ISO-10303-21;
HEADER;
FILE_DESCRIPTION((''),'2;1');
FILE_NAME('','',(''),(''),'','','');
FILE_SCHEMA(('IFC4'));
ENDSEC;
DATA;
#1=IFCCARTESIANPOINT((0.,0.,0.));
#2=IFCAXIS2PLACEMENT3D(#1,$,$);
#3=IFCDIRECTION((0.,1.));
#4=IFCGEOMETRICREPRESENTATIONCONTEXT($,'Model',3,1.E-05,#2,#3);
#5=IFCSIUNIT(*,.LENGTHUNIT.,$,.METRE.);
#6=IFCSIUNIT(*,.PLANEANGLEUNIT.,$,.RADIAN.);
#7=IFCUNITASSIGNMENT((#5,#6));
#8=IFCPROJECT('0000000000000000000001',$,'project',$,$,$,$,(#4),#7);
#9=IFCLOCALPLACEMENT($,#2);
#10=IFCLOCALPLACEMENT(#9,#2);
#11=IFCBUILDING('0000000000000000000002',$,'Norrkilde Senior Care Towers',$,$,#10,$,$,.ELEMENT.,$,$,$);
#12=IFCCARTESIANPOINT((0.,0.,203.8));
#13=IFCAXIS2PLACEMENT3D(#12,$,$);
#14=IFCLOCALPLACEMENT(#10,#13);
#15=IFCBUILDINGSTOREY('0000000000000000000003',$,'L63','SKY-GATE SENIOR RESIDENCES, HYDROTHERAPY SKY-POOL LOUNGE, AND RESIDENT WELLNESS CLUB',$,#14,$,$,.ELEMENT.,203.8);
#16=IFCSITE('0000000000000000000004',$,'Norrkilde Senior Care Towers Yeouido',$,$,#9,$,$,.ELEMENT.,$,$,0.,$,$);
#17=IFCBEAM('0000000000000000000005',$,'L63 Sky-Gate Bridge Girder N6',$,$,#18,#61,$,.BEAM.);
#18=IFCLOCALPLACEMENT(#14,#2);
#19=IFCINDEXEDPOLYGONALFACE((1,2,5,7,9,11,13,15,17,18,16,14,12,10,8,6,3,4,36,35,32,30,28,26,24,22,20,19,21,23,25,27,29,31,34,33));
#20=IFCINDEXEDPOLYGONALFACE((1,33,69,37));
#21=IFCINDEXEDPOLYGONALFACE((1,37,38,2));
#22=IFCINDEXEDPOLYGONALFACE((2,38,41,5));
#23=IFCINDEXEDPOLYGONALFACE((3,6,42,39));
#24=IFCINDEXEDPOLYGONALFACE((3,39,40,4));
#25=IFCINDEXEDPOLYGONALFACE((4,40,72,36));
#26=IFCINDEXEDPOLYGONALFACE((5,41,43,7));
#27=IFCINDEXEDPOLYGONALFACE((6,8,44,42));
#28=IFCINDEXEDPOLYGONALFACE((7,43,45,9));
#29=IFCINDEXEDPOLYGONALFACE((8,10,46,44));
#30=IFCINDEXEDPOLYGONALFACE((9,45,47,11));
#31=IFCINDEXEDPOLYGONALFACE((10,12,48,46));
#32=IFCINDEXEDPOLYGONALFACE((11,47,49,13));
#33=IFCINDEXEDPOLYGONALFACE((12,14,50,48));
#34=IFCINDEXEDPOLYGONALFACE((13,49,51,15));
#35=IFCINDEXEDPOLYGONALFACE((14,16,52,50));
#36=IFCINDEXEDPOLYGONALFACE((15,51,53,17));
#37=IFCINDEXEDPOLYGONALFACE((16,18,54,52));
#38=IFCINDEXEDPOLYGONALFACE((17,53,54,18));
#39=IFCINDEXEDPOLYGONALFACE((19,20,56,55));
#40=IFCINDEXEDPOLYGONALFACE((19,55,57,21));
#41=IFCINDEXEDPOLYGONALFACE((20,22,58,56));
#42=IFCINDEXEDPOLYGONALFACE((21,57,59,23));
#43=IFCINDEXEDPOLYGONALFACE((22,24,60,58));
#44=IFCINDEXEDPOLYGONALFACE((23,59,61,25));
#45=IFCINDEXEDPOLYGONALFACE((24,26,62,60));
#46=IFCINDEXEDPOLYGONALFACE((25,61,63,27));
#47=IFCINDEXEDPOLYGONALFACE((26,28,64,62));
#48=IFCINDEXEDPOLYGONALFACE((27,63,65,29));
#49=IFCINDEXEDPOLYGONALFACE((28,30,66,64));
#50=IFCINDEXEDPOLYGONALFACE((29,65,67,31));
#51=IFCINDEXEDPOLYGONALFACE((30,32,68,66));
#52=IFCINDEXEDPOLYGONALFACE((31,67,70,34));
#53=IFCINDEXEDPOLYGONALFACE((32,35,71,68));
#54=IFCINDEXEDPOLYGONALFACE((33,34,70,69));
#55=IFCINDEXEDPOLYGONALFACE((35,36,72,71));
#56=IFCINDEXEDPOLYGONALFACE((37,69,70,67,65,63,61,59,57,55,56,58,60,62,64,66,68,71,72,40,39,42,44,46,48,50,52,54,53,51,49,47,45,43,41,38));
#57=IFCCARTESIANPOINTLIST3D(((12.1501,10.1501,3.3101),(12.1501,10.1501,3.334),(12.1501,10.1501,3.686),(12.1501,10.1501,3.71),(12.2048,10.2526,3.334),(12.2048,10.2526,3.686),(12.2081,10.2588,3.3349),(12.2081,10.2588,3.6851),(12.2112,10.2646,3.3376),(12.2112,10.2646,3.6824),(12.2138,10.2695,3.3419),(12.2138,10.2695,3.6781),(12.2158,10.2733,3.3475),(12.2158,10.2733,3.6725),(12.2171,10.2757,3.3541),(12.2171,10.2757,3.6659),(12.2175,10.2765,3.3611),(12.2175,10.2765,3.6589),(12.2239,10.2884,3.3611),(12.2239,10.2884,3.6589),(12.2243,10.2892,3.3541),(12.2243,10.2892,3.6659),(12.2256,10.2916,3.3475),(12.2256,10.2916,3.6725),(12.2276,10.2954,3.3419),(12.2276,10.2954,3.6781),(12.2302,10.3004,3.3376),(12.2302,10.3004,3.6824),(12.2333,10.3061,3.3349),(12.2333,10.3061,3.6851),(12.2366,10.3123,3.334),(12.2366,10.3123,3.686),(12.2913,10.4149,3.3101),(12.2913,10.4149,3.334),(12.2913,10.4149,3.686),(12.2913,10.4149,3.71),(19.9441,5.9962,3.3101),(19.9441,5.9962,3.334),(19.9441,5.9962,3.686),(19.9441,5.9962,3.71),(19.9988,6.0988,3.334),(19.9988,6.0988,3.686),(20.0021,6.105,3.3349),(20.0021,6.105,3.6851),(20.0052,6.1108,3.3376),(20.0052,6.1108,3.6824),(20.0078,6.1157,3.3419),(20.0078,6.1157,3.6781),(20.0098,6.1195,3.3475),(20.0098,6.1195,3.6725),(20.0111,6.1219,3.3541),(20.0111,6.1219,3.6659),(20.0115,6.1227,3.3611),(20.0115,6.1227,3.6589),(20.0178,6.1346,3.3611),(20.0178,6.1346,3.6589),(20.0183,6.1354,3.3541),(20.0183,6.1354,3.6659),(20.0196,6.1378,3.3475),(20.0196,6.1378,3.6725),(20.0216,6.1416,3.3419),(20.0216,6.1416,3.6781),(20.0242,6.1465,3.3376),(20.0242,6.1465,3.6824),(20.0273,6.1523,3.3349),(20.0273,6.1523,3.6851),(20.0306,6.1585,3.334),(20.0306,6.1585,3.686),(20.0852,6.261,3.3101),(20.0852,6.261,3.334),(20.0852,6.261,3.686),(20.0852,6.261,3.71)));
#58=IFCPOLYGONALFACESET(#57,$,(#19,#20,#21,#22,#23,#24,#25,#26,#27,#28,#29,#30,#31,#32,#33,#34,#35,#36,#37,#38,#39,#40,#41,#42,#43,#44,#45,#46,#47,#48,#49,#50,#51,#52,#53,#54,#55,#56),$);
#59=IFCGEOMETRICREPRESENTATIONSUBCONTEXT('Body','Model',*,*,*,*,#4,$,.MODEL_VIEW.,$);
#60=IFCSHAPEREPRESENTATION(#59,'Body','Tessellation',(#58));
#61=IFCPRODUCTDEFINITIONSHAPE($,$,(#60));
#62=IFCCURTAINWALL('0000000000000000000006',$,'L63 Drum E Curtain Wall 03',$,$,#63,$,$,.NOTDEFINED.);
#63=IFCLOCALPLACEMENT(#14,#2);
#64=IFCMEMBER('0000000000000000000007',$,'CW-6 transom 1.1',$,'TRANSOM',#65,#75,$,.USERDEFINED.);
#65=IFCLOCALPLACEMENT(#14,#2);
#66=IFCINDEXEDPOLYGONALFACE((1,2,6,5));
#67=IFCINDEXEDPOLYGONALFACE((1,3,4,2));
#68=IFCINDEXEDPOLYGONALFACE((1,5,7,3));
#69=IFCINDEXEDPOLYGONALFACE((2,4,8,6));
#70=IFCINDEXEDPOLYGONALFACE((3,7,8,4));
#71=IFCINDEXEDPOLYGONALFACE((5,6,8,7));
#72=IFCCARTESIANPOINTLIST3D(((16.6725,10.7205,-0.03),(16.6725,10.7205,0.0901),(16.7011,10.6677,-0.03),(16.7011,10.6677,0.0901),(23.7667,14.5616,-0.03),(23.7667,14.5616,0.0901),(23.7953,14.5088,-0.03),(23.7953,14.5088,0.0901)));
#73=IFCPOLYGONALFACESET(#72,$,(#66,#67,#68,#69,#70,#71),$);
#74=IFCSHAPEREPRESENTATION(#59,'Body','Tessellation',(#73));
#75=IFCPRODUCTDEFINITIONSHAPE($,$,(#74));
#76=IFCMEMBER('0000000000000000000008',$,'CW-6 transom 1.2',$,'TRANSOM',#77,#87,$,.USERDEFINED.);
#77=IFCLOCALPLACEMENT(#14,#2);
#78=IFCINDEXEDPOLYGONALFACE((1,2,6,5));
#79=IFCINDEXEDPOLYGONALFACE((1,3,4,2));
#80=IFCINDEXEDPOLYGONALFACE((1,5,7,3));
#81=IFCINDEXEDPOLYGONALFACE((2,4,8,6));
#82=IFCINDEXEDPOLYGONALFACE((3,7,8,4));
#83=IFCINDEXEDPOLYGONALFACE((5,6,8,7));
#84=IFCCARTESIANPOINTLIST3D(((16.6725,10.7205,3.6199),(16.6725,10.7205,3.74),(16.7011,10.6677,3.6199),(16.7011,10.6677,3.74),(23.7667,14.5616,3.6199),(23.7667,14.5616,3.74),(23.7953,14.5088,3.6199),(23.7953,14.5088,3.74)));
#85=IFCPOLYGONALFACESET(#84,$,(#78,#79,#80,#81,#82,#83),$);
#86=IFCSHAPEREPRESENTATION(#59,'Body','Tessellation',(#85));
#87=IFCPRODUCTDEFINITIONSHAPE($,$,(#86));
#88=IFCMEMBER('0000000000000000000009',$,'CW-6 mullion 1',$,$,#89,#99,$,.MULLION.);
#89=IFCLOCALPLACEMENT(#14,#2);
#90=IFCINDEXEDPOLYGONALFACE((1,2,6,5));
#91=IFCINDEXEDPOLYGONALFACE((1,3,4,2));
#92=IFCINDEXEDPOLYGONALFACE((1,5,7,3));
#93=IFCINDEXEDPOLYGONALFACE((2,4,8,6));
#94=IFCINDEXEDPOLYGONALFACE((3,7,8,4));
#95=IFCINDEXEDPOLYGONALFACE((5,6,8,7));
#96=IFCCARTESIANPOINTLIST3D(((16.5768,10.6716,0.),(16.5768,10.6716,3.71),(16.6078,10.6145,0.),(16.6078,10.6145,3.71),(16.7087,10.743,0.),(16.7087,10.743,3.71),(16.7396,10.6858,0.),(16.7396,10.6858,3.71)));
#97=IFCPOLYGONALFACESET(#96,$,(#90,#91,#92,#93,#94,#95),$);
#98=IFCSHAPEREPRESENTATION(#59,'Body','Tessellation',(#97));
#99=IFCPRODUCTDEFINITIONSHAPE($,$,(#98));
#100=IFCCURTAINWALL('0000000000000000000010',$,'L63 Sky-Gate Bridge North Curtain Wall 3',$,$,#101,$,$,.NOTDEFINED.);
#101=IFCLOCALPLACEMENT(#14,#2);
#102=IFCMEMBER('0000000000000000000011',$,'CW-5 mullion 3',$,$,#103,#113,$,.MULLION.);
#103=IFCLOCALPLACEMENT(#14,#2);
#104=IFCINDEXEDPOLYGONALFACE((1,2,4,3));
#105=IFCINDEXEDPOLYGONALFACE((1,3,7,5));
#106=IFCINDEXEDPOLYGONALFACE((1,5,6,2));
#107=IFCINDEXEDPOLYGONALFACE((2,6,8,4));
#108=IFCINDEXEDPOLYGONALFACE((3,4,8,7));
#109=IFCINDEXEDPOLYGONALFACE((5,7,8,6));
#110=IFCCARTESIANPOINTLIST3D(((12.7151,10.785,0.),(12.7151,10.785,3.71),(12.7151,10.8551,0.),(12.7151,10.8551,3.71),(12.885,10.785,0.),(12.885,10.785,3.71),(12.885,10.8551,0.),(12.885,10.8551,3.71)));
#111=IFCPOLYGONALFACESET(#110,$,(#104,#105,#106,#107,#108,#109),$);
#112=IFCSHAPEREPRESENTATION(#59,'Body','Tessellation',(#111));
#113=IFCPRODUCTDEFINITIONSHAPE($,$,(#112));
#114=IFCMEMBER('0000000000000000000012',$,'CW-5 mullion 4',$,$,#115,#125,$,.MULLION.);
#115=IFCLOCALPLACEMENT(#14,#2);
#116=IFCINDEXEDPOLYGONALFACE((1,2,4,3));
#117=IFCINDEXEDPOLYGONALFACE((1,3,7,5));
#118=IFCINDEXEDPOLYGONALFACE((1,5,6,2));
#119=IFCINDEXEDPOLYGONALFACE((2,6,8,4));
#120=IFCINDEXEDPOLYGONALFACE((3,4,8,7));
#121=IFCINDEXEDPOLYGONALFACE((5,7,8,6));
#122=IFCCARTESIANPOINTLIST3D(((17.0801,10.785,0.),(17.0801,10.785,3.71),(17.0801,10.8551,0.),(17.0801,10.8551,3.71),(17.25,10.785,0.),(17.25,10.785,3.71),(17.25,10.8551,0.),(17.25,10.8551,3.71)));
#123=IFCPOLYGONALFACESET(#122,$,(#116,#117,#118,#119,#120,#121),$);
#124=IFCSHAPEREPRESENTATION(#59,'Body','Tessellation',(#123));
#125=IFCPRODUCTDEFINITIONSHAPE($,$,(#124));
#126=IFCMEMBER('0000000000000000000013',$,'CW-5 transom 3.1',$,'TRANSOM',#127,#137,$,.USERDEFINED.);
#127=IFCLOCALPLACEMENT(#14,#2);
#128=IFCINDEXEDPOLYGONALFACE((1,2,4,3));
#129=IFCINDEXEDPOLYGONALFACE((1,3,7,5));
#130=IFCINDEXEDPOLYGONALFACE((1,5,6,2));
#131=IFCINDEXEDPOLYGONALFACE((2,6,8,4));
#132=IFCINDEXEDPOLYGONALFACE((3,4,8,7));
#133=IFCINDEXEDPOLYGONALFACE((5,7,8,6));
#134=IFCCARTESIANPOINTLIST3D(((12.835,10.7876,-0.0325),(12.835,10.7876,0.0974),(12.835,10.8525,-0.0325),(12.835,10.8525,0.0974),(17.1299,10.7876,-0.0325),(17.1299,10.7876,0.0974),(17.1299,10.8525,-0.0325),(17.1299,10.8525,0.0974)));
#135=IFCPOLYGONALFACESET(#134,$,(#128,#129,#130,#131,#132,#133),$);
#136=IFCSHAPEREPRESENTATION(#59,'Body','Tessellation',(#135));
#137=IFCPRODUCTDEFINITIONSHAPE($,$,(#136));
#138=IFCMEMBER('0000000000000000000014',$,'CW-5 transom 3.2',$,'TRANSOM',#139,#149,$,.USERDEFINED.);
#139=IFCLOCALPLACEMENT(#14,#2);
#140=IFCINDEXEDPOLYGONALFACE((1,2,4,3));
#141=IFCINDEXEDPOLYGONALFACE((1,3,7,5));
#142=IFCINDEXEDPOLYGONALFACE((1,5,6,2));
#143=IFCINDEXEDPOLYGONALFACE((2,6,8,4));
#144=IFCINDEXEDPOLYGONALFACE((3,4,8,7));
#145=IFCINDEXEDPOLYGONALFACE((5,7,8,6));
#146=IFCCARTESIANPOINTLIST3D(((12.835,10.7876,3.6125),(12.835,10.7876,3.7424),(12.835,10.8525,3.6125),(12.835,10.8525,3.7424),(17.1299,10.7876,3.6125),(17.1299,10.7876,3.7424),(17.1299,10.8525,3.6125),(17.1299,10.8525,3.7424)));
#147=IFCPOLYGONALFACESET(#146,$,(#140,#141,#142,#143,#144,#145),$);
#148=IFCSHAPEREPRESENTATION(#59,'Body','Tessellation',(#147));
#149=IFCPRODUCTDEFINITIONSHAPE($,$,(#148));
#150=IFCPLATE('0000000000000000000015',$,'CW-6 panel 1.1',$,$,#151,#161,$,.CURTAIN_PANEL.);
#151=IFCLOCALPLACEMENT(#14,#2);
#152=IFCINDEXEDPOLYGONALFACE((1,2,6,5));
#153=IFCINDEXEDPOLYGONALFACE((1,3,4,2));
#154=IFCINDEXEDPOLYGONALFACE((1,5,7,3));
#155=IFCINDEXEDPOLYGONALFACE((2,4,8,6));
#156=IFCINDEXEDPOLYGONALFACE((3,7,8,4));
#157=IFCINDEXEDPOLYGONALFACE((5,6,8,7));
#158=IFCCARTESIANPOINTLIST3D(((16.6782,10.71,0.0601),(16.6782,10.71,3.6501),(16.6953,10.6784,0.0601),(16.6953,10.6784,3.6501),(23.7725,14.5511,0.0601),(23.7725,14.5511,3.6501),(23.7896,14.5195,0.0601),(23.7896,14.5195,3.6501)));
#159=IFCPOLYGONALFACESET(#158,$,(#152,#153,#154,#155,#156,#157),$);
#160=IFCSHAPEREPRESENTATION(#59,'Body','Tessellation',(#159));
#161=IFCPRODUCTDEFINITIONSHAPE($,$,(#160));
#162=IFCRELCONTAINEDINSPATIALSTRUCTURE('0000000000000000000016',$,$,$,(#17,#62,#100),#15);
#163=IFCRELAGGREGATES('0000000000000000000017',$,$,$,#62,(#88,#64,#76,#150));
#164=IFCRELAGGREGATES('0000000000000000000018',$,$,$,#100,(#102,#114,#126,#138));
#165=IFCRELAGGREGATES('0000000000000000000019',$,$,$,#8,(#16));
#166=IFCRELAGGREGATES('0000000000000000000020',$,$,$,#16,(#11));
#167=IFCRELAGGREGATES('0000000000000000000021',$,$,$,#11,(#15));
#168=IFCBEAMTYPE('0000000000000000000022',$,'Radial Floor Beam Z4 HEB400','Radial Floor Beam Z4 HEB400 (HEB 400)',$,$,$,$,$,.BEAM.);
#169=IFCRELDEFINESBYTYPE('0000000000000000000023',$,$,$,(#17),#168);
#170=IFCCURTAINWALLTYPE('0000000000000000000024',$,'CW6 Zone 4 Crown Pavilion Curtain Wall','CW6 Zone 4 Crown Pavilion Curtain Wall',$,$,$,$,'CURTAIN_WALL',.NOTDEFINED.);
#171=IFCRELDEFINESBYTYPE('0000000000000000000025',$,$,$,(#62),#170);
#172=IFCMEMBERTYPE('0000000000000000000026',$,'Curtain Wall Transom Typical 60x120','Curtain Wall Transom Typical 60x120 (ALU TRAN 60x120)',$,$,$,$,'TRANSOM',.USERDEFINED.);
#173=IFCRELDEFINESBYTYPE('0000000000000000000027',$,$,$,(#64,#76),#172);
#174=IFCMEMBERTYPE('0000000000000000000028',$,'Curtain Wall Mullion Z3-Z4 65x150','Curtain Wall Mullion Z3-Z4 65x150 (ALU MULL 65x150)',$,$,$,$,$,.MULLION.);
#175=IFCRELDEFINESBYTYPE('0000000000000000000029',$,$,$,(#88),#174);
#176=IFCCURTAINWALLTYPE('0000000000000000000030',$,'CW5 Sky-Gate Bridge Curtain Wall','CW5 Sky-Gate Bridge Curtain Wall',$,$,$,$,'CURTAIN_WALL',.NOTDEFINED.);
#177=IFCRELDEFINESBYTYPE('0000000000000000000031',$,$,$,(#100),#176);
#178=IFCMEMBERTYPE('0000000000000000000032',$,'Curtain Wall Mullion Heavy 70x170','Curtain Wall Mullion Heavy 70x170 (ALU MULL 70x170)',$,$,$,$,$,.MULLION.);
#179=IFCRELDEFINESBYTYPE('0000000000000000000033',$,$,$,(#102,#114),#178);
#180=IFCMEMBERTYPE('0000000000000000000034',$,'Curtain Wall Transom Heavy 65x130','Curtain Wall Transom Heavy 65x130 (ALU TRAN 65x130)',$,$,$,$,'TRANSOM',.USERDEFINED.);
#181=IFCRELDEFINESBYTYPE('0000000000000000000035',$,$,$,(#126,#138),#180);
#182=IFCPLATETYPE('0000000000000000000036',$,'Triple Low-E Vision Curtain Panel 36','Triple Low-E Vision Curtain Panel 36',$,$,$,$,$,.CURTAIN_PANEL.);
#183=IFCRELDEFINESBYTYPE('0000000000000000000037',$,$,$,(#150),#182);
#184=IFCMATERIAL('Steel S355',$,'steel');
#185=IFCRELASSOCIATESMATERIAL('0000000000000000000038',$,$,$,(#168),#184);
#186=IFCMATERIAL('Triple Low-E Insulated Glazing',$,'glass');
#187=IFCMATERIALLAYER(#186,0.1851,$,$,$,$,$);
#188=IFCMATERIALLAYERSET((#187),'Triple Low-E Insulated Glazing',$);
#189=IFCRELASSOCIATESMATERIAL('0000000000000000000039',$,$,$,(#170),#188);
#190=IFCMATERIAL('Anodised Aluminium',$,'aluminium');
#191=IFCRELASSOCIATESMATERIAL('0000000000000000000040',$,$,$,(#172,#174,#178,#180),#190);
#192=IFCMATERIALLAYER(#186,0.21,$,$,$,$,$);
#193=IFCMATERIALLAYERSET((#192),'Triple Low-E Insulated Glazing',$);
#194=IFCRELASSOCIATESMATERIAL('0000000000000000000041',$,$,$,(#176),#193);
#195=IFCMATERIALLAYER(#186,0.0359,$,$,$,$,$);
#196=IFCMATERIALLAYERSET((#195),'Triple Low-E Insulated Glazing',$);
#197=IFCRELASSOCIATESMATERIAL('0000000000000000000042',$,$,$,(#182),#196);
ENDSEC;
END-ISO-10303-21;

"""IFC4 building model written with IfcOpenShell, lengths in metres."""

from ifc_helpers import new_model, si_unit, direction, frame, origin, origin_2d, place, context, subcontext, project, spatial, rectangle, i_section, extrude, source, transform, mapped, material, layer, layer_set, material_profile, profile_set, type_object, type_shapes, element, aggregate, save


model = new_model("IFC4")

# Units and contexts
model_context = context("Model", 3, precision=1e-05, world=origin(), true_north=direction((0.0, 1.0)))
body_context = subcontext(model_context, "Body", "Model", "MODEL_VIEW")
ifc_project = project(units=[si_unit("LENGTHUNIT", "METRE"), si_unit("PLANEANGLEUNIT", "RADIAN")], contexts=[model_context])

# Site, building, storey
site_placement = place(None, origin())
site = spatial("IfcSite", under=ifc_project, at=site_placement, Name="Norrkilde Senior Care Towers Yeouido", CompositionType="ELEMENT", RefElevation=0.0)
building_placement = place(site_placement, origin())
building = spatial("IfcBuilding", under=site, at=building_placement, Name="Norrkilde Senior Care Towers", CompositionType="ELEMENT")
storey_placement = place(building_placement, frame((0.0, 0.0, 203.8)))
storey = spatial("IfcBuildingStorey", under=building, at=storey_placement, Name="L63", Description="SKY-GATE SENIOR RESIDENCES, HYDROTHERAPY SKY-POOL LOUNGE, AND RESIDENT WELLNESS CLUB", CompositionType="ELEMENT", Elevation=203.8)

# Shared definitions
ifc_material_1 = material(Name="Steel S355", Category="steel")

# Beam
ifc_material_profile_1 = material_profile(ifc_material_1, i_section(OverallWidth=0.3, OverallDepth=0.3999, WebThickness=0.0134, FlangeThickness=0.0239, FilletRadius=0.0271, at=origin_2d()), Name="HEB 400")
ifc_profile_set_1 = profile_set([ifc_material_profile_1], Name="Steel S355")
beam_type_1 = type_object("IfcBeamType", Name="Radial Floor Beam Z4 HEB400", Description="Radial Floor Beam Z4 HEB400 (HEB 400)", PredefinedType="BEAM", material=ifc_profile_set_1)
shared_shape_1 = source(origin(), body_context, "Body", "SweptSolid", [
    extrude(i_section(OverallWidth=0.3, OverallDepth=0.3999, WebThickness=0.0134, FlangeThickness=0.0239, FilletRadius=0.0271, at=origin_2d()), origin(), (0.0, 0.0, 1.0), 8.8318),
])
type_shapes(beam_type_1, [shared_shape_1])
beam_1_placement = place(storey_placement, frame((12.2207, 10.2825, 3.51), z_axis=(0.882492, -0.470327, 0.0), x_axis=(0.470327, 0.882492, 0.0)))
element("IfcBeam", 1, at=beam_1_placement, inside=storey, type_object=beam_type_1, Name="L63 Sky-Gate Bridge Girder N6", PredefinedType="BEAM", context=body_context, shape_type="MappedRepresentation", body=[
    mapped(shared_shape_1, transform((0.0, 0.0, 0.0), x_axis=(1.0, 0.0, 0.0), y_axis=(0.0, 1.0, 0.0), z_axis=(0.0, 0.0, 1.0), scale=1.0)),
])

# Curtain walls, members
ifc_material_2 = material(Name="Triple Low-E Insulated Glazing", Category="glass")
ifc_layer_1 = layer(ifc_material_2, 0.1851)
ifc_layer_set_1 = layer_set([ifc_layer_1], Name="Triple Low-E Insulated Glazing")
curtain_wall_type_1 = type_object("IfcCurtainWallType", Name="CW6 Zone 4 Crown Pavilion Curtain Wall", Description="CW6 Zone 4 Crown Pavilion Curtain Wall", ElementType="CURTAIN_WALL", PredefinedType="NOTDEFINED", material=ifc_layer_set_1)
curtain_wall_1_placement = place(storey_placement, origin())
curtain_wall_1 = element("IfcCurtainWall", 2, at=curtain_wall_1_placement, inside=storey, type_object=curtain_wall_type_1, Name="L63 Drum E Curtain Wall 03", PredefinedType="NOTDEFINED")
ifc_material_3 = material(Name="Anodised Aluminium", Category="aluminium")
ifc_material_profile_2 = material_profile(ifc_material_3, rectangle(XDim=0.0601, YDim=0.1201, at=origin_2d()), Name="ALU TRAN 60x120")
ifc_profile_set_2 = profile_set([ifc_material_profile_2], Name="Anodised Aluminium")
member_type_1 = type_object("IfcMemberType", Name="Curtain Wall Transom Typical 60x120", Description="Curtain Wall Transom Typical 60x120 (ALU TRAN 60x120)", ElementType="TRANSOM", PredefinedType="USERDEFINED", material=ifc_profile_set_2)
shared_shape_2 = source(origin(), body_context, "Body", "SweptSolid", [
    extrude(rectangle(XDim=0.0601, YDim=0.1201, at=origin_2d()), origin(), (0.0, 0.0, 1.0), 8.0674),
])
type_shapes(member_type_1, [shared_shape_2])
member_1_placement = place(storey_placement, frame((16.6868, 10.6941, 0.03), z_axis=(0.879378, 0.476125, 0.0), x_axis=(-0.476125, 0.879378, 0.0)))
member_1 = element("IfcMember", 3, at=member_1_placement, type_object=member_type_1, Name="CW-6 transom 1.1", ObjectType="TRANSOM", PredefinedType="USERDEFINED", context=body_context, shape_type="MappedRepresentation", body=[
    mapped(shared_shape_2, transform((0.0, 0.0, 0.0), x_axis=(1.0, 0.0, 0.0), y_axis=(0.0, 1.0, 0.0), z_axis=(0.0, 0.0, 1.0), scale=1.0)),
])
member_2_placement = place(storey_placement, frame((16.6868, 10.6941, 3.6799), z_axis=(0.879378, 0.476125, 0.0), x_axis=(-0.476125, 0.879378, 0.0)))
member_2 = element("IfcMember", 4, at=member_2_placement, type_object=member_type_1, Name="CW-6 transom 1.2", ObjectType="TRANSOM", PredefinedType="USERDEFINED", context=body_context, shape_type="MappedRepresentation", body=[
    mapped(shared_shape_2, transform((0.0, 0.0, 0.0), x_axis=(1.0, 0.0, 0.0), y_axis=(0.0, 1.0, 0.0), z_axis=(0.0, 0.0, 1.0), scale=1.0)),
])
ifc_material_profile_3 = material_profile(ifc_material_3, rectangle(XDim=0.0649, YDim=0.1499, at=origin_2d()), Name="ALU MULL 65x150")
ifc_profile_set_3 = profile_set([ifc_material_profile_3], Name="Anodised Aluminium")
member_type_2 = type_object("IfcMemberType", Name="Curtain Wall Mullion Z3-Z4 65x150", Description="Curtain Wall Mullion Z3-Z4 65x150 (ALU MULL 65x150)", PredefinedType="MULLION", material=ifc_profile_set_3)
shared_shape_3 = source(origin(), body_context, "Body", "SweptSolid", [
    extrude(rectangle(XDim=0.0649, YDim=0.1499, at=origin_2d()), origin(), (0.0, 0.0, 1.0), 3.71),
])
type_shapes(member_type_2, [shared_shape_3])
member_3_placement = place(storey_placement, frame((16.6582, 10.6787, 0.0), z_axis=(0.0, 0.0, 1.0), x_axis=(-0.476133, 0.879373, 0.0)))
member_3 = element("IfcMember", 5, at=member_3_placement, type_object=member_type_2, Name="CW-6 mullion 1", PredefinedType="MULLION", context=body_context, shape_type="MappedRepresentation", body=[
    mapped(shared_shape_3, transform((0.0, 0.0, 0.0), x_axis=(1.0, 0.0, 0.0), y_axis=(0.0, 1.0, 0.0), z_axis=(0.0, 0.0, 1.0), scale=1.0)),
])
ifc_layer_2 = layer(ifc_material_2, 0.21)
ifc_layer_set_2 = layer_set([ifc_layer_2], Name="Triple Low-E Insulated Glazing")
curtain_wall_type_2 = type_object("IfcCurtainWallType", Name="CW5 Sky-Gate Bridge Curtain Wall", Description="CW5 Sky-Gate Bridge Curtain Wall", ElementType="CURTAIN_WALL", PredefinedType="NOTDEFINED", material=ifc_layer_set_2)
curtain_wall_2_placement = place(storey_placement, origin())
curtain_wall_2 = element("IfcCurtainWall", 6, at=curtain_wall_2_placement, inside=storey, type_object=curtain_wall_type_2, Name="L63 Sky-Gate Bridge North Curtain Wall 3", PredefinedType="NOTDEFINED")
ifc_material_profile_4 = material_profile(ifc_material_3, rectangle(XDim=0.0701, YDim=0.1699, at=origin_2d()), Name="ALU MULL 70x170")
ifc_profile_set_4 = profile_set([ifc_material_profile_4], Name="Anodised Aluminium")
member_type_3 = type_object("IfcMemberType", Name="Curtain Wall Mullion Heavy 70x170", Description="Curtain Wall Mullion Heavy 70x170 (ALU MULL 70x170)", PredefinedType="MULLION", material=ifc_profile_set_4)
shared_shape_4 = source(origin(), body_context, "Body", "SweptSolid", [
    extrude(rectangle(XDim=0.0701, YDim=0.1699, at=origin_2d()), origin(), (0.0, 0.0, 1.0), 3.71),
])
type_shapes(member_type_3, [shared_shape_4])
member_4_placement = place(storey_placement, frame((12.8, 10.8201, 0.0), z_axis=(0.0, 0.0, 1.0), x_axis=(0.0, 1.0, 0.0)))
member_4 = element("IfcMember", 7, at=member_4_placement, type_object=member_type_3, Name="CW-5 mullion 3", PredefinedType="MULLION", context=body_context, shape_type="MappedRepresentation", body=[
    mapped(shared_shape_4, transform((0.0, 0.0, 0.0), x_axis=(1.0, 0.0, 0.0), y_axis=(0.0, 1.0, 0.0), z_axis=(0.0, 0.0, 1.0), scale=1.0)),
])
member_5_placement = place(storey_placement, frame((17.165, 10.8201, 0.0), z_axis=(0.0, 0.0, 1.0), x_axis=(0.0, 1.0, 0.0)))
member_5 = element("IfcMember", 8, at=member_5_placement, type_object=member_type_3, Name="CW-5 mullion 4", PredefinedType="MULLION", context=body_context, shape_type="MappedRepresentation", body=[
    mapped(shared_shape_4, transform((0.0, 0.0, 0.0), x_axis=(1.0, 0.0, 0.0), y_axis=(0.0, 1.0, 0.0), z_axis=(0.0, 0.0, 1.0), scale=1.0)),
])
ifc_material_profile_5 = material_profile(ifc_material_3, rectangle(XDim=0.0649, YDim=0.1299, at=origin_2d()), Name="ALU TRAN 65x130")
ifc_profile_set_5 = profile_set([ifc_material_profile_5], Name="Anodised Aluminium")
member_type_4 = type_object("IfcMemberType", Name="Curtain Wall Transom Heavy 65x130", Description="Curtain Wall Transom Heavy 65x130 (ALU TRAN 65x130)", ElementType="TRANSOM", PredefinedType="USERDEFINED", material=ifc_profile_set_5)
shared_shape_5 = source(origin(), body_context, "Body", "SweptSolid", [
    extrude(rectangle(XDim=0.0649, YDim=0.1299, at=origin_2d()), origin(), (0.0, 0.0, 1.0), 4.2949),
])
type_shapes(member_type_4, [shared_shape_5])
member_6_placement = place(storey_placement, frame((12.835, 10.8201, 0.0325), z_axis=(1.0, 0.0, 0.0), x_axis=(0.0, 1.0, 0.0)))
member_6 = element("IfcMember", 9, at=member_6_placement, type_object=member_type_4, Name="CW-5 transom 3.1", ObjectType="TRANSOM", PredefinedType="USERDEFINED", context=body_context, shape_type="MappedRepresentation", body=[
    mapped(shared_shape_5, transform((0.0, 0.0, 0.0), x_axis=(1.0, 0.0, 0.0), y_axis=(0.0, 1.0, 0.0), z_axis=(0.0, 0.0, 1.0), scale=1.0)),
])
member_7_placement = place(storey_placement, frame((12.835, 10.8201, 3.6775), z_axis=(1.0, 0.0, 0.0), x_axis=(0.0, 1.0, 0.0)))
member_7 = element("IfcMember", 10, at=member_7_placement, type_object=member_type_4, Name="CW-5 transom 3.2", ObjectType="TRANSOM", PredefinedType="USERDEFINED", context=body_context, shape_type="MappedRepresentation", body=[
    mapped(shared_shape_5, transform((0.0, 0.0, 0.0), x_axis=(1.0, 0.0, 0.0), y_axis=(0.0, 1.0, 0.0), z_axis=(0.0, 0.0, 1.0), scale=1.0)),
])

# Plate
ifc_layer_3 = layer(ifc_material_2, 0.0359)
ifc_layer_set_3 = layer_set([ifc_layer_3], Name="Triple Low-E Insulated Glazing")
plate_type_1 = type_object("IfcPlateType", Name="Triple Low-E Vision Curtain Panel 36", Description="Triple Low-E Vision Curtain Panel 36", PredefinedType="CURTAIN_PANEL", material=ifc_layer_set_3)
shared_shape_6 = source(origin(), body_context, "Body", "SweptSolid", [
    extrude(rectangle(XDim=8.0674, YDim=0.0359, at=origin_2d()), origin(), (0.0, 0.0, 1.0), 3.5901),
])
type_shapes(plate_type_1, [shared_shape_6])
plate_1_placement = place(storey_placement, frame((20.2339, 12.6147, 0.0601), z_axis=(0.0, 0.0, 1.0), x_axis=(0.879373, 0.476133, 0.0)))
plate_1 = element("IfcPlate", 11, at=plate_1_placement, type_object=plate_type_1, Name="CW-6 panel 1.1", PredefinedType="CURTAIN_PANEL", context=body_context, shape_type="MappedRepresentation", body=[
    mapped(shared_shape_6, transform((0.0, 0.0, 0.0), x_axis=(1.0, 0.0, 0.0), y_axis=(0.0, 1.0, 0.0), z_axis=(0.0, 0.0, 1.0), scale=1.0)),
])
aggregate(curtain_wall_1, [member_3, member_1, member_2, plate_1])
aggregate(curtain_wall_2, [member_4, member_5, member_6, member_7])

save(model, "model.ifc")
